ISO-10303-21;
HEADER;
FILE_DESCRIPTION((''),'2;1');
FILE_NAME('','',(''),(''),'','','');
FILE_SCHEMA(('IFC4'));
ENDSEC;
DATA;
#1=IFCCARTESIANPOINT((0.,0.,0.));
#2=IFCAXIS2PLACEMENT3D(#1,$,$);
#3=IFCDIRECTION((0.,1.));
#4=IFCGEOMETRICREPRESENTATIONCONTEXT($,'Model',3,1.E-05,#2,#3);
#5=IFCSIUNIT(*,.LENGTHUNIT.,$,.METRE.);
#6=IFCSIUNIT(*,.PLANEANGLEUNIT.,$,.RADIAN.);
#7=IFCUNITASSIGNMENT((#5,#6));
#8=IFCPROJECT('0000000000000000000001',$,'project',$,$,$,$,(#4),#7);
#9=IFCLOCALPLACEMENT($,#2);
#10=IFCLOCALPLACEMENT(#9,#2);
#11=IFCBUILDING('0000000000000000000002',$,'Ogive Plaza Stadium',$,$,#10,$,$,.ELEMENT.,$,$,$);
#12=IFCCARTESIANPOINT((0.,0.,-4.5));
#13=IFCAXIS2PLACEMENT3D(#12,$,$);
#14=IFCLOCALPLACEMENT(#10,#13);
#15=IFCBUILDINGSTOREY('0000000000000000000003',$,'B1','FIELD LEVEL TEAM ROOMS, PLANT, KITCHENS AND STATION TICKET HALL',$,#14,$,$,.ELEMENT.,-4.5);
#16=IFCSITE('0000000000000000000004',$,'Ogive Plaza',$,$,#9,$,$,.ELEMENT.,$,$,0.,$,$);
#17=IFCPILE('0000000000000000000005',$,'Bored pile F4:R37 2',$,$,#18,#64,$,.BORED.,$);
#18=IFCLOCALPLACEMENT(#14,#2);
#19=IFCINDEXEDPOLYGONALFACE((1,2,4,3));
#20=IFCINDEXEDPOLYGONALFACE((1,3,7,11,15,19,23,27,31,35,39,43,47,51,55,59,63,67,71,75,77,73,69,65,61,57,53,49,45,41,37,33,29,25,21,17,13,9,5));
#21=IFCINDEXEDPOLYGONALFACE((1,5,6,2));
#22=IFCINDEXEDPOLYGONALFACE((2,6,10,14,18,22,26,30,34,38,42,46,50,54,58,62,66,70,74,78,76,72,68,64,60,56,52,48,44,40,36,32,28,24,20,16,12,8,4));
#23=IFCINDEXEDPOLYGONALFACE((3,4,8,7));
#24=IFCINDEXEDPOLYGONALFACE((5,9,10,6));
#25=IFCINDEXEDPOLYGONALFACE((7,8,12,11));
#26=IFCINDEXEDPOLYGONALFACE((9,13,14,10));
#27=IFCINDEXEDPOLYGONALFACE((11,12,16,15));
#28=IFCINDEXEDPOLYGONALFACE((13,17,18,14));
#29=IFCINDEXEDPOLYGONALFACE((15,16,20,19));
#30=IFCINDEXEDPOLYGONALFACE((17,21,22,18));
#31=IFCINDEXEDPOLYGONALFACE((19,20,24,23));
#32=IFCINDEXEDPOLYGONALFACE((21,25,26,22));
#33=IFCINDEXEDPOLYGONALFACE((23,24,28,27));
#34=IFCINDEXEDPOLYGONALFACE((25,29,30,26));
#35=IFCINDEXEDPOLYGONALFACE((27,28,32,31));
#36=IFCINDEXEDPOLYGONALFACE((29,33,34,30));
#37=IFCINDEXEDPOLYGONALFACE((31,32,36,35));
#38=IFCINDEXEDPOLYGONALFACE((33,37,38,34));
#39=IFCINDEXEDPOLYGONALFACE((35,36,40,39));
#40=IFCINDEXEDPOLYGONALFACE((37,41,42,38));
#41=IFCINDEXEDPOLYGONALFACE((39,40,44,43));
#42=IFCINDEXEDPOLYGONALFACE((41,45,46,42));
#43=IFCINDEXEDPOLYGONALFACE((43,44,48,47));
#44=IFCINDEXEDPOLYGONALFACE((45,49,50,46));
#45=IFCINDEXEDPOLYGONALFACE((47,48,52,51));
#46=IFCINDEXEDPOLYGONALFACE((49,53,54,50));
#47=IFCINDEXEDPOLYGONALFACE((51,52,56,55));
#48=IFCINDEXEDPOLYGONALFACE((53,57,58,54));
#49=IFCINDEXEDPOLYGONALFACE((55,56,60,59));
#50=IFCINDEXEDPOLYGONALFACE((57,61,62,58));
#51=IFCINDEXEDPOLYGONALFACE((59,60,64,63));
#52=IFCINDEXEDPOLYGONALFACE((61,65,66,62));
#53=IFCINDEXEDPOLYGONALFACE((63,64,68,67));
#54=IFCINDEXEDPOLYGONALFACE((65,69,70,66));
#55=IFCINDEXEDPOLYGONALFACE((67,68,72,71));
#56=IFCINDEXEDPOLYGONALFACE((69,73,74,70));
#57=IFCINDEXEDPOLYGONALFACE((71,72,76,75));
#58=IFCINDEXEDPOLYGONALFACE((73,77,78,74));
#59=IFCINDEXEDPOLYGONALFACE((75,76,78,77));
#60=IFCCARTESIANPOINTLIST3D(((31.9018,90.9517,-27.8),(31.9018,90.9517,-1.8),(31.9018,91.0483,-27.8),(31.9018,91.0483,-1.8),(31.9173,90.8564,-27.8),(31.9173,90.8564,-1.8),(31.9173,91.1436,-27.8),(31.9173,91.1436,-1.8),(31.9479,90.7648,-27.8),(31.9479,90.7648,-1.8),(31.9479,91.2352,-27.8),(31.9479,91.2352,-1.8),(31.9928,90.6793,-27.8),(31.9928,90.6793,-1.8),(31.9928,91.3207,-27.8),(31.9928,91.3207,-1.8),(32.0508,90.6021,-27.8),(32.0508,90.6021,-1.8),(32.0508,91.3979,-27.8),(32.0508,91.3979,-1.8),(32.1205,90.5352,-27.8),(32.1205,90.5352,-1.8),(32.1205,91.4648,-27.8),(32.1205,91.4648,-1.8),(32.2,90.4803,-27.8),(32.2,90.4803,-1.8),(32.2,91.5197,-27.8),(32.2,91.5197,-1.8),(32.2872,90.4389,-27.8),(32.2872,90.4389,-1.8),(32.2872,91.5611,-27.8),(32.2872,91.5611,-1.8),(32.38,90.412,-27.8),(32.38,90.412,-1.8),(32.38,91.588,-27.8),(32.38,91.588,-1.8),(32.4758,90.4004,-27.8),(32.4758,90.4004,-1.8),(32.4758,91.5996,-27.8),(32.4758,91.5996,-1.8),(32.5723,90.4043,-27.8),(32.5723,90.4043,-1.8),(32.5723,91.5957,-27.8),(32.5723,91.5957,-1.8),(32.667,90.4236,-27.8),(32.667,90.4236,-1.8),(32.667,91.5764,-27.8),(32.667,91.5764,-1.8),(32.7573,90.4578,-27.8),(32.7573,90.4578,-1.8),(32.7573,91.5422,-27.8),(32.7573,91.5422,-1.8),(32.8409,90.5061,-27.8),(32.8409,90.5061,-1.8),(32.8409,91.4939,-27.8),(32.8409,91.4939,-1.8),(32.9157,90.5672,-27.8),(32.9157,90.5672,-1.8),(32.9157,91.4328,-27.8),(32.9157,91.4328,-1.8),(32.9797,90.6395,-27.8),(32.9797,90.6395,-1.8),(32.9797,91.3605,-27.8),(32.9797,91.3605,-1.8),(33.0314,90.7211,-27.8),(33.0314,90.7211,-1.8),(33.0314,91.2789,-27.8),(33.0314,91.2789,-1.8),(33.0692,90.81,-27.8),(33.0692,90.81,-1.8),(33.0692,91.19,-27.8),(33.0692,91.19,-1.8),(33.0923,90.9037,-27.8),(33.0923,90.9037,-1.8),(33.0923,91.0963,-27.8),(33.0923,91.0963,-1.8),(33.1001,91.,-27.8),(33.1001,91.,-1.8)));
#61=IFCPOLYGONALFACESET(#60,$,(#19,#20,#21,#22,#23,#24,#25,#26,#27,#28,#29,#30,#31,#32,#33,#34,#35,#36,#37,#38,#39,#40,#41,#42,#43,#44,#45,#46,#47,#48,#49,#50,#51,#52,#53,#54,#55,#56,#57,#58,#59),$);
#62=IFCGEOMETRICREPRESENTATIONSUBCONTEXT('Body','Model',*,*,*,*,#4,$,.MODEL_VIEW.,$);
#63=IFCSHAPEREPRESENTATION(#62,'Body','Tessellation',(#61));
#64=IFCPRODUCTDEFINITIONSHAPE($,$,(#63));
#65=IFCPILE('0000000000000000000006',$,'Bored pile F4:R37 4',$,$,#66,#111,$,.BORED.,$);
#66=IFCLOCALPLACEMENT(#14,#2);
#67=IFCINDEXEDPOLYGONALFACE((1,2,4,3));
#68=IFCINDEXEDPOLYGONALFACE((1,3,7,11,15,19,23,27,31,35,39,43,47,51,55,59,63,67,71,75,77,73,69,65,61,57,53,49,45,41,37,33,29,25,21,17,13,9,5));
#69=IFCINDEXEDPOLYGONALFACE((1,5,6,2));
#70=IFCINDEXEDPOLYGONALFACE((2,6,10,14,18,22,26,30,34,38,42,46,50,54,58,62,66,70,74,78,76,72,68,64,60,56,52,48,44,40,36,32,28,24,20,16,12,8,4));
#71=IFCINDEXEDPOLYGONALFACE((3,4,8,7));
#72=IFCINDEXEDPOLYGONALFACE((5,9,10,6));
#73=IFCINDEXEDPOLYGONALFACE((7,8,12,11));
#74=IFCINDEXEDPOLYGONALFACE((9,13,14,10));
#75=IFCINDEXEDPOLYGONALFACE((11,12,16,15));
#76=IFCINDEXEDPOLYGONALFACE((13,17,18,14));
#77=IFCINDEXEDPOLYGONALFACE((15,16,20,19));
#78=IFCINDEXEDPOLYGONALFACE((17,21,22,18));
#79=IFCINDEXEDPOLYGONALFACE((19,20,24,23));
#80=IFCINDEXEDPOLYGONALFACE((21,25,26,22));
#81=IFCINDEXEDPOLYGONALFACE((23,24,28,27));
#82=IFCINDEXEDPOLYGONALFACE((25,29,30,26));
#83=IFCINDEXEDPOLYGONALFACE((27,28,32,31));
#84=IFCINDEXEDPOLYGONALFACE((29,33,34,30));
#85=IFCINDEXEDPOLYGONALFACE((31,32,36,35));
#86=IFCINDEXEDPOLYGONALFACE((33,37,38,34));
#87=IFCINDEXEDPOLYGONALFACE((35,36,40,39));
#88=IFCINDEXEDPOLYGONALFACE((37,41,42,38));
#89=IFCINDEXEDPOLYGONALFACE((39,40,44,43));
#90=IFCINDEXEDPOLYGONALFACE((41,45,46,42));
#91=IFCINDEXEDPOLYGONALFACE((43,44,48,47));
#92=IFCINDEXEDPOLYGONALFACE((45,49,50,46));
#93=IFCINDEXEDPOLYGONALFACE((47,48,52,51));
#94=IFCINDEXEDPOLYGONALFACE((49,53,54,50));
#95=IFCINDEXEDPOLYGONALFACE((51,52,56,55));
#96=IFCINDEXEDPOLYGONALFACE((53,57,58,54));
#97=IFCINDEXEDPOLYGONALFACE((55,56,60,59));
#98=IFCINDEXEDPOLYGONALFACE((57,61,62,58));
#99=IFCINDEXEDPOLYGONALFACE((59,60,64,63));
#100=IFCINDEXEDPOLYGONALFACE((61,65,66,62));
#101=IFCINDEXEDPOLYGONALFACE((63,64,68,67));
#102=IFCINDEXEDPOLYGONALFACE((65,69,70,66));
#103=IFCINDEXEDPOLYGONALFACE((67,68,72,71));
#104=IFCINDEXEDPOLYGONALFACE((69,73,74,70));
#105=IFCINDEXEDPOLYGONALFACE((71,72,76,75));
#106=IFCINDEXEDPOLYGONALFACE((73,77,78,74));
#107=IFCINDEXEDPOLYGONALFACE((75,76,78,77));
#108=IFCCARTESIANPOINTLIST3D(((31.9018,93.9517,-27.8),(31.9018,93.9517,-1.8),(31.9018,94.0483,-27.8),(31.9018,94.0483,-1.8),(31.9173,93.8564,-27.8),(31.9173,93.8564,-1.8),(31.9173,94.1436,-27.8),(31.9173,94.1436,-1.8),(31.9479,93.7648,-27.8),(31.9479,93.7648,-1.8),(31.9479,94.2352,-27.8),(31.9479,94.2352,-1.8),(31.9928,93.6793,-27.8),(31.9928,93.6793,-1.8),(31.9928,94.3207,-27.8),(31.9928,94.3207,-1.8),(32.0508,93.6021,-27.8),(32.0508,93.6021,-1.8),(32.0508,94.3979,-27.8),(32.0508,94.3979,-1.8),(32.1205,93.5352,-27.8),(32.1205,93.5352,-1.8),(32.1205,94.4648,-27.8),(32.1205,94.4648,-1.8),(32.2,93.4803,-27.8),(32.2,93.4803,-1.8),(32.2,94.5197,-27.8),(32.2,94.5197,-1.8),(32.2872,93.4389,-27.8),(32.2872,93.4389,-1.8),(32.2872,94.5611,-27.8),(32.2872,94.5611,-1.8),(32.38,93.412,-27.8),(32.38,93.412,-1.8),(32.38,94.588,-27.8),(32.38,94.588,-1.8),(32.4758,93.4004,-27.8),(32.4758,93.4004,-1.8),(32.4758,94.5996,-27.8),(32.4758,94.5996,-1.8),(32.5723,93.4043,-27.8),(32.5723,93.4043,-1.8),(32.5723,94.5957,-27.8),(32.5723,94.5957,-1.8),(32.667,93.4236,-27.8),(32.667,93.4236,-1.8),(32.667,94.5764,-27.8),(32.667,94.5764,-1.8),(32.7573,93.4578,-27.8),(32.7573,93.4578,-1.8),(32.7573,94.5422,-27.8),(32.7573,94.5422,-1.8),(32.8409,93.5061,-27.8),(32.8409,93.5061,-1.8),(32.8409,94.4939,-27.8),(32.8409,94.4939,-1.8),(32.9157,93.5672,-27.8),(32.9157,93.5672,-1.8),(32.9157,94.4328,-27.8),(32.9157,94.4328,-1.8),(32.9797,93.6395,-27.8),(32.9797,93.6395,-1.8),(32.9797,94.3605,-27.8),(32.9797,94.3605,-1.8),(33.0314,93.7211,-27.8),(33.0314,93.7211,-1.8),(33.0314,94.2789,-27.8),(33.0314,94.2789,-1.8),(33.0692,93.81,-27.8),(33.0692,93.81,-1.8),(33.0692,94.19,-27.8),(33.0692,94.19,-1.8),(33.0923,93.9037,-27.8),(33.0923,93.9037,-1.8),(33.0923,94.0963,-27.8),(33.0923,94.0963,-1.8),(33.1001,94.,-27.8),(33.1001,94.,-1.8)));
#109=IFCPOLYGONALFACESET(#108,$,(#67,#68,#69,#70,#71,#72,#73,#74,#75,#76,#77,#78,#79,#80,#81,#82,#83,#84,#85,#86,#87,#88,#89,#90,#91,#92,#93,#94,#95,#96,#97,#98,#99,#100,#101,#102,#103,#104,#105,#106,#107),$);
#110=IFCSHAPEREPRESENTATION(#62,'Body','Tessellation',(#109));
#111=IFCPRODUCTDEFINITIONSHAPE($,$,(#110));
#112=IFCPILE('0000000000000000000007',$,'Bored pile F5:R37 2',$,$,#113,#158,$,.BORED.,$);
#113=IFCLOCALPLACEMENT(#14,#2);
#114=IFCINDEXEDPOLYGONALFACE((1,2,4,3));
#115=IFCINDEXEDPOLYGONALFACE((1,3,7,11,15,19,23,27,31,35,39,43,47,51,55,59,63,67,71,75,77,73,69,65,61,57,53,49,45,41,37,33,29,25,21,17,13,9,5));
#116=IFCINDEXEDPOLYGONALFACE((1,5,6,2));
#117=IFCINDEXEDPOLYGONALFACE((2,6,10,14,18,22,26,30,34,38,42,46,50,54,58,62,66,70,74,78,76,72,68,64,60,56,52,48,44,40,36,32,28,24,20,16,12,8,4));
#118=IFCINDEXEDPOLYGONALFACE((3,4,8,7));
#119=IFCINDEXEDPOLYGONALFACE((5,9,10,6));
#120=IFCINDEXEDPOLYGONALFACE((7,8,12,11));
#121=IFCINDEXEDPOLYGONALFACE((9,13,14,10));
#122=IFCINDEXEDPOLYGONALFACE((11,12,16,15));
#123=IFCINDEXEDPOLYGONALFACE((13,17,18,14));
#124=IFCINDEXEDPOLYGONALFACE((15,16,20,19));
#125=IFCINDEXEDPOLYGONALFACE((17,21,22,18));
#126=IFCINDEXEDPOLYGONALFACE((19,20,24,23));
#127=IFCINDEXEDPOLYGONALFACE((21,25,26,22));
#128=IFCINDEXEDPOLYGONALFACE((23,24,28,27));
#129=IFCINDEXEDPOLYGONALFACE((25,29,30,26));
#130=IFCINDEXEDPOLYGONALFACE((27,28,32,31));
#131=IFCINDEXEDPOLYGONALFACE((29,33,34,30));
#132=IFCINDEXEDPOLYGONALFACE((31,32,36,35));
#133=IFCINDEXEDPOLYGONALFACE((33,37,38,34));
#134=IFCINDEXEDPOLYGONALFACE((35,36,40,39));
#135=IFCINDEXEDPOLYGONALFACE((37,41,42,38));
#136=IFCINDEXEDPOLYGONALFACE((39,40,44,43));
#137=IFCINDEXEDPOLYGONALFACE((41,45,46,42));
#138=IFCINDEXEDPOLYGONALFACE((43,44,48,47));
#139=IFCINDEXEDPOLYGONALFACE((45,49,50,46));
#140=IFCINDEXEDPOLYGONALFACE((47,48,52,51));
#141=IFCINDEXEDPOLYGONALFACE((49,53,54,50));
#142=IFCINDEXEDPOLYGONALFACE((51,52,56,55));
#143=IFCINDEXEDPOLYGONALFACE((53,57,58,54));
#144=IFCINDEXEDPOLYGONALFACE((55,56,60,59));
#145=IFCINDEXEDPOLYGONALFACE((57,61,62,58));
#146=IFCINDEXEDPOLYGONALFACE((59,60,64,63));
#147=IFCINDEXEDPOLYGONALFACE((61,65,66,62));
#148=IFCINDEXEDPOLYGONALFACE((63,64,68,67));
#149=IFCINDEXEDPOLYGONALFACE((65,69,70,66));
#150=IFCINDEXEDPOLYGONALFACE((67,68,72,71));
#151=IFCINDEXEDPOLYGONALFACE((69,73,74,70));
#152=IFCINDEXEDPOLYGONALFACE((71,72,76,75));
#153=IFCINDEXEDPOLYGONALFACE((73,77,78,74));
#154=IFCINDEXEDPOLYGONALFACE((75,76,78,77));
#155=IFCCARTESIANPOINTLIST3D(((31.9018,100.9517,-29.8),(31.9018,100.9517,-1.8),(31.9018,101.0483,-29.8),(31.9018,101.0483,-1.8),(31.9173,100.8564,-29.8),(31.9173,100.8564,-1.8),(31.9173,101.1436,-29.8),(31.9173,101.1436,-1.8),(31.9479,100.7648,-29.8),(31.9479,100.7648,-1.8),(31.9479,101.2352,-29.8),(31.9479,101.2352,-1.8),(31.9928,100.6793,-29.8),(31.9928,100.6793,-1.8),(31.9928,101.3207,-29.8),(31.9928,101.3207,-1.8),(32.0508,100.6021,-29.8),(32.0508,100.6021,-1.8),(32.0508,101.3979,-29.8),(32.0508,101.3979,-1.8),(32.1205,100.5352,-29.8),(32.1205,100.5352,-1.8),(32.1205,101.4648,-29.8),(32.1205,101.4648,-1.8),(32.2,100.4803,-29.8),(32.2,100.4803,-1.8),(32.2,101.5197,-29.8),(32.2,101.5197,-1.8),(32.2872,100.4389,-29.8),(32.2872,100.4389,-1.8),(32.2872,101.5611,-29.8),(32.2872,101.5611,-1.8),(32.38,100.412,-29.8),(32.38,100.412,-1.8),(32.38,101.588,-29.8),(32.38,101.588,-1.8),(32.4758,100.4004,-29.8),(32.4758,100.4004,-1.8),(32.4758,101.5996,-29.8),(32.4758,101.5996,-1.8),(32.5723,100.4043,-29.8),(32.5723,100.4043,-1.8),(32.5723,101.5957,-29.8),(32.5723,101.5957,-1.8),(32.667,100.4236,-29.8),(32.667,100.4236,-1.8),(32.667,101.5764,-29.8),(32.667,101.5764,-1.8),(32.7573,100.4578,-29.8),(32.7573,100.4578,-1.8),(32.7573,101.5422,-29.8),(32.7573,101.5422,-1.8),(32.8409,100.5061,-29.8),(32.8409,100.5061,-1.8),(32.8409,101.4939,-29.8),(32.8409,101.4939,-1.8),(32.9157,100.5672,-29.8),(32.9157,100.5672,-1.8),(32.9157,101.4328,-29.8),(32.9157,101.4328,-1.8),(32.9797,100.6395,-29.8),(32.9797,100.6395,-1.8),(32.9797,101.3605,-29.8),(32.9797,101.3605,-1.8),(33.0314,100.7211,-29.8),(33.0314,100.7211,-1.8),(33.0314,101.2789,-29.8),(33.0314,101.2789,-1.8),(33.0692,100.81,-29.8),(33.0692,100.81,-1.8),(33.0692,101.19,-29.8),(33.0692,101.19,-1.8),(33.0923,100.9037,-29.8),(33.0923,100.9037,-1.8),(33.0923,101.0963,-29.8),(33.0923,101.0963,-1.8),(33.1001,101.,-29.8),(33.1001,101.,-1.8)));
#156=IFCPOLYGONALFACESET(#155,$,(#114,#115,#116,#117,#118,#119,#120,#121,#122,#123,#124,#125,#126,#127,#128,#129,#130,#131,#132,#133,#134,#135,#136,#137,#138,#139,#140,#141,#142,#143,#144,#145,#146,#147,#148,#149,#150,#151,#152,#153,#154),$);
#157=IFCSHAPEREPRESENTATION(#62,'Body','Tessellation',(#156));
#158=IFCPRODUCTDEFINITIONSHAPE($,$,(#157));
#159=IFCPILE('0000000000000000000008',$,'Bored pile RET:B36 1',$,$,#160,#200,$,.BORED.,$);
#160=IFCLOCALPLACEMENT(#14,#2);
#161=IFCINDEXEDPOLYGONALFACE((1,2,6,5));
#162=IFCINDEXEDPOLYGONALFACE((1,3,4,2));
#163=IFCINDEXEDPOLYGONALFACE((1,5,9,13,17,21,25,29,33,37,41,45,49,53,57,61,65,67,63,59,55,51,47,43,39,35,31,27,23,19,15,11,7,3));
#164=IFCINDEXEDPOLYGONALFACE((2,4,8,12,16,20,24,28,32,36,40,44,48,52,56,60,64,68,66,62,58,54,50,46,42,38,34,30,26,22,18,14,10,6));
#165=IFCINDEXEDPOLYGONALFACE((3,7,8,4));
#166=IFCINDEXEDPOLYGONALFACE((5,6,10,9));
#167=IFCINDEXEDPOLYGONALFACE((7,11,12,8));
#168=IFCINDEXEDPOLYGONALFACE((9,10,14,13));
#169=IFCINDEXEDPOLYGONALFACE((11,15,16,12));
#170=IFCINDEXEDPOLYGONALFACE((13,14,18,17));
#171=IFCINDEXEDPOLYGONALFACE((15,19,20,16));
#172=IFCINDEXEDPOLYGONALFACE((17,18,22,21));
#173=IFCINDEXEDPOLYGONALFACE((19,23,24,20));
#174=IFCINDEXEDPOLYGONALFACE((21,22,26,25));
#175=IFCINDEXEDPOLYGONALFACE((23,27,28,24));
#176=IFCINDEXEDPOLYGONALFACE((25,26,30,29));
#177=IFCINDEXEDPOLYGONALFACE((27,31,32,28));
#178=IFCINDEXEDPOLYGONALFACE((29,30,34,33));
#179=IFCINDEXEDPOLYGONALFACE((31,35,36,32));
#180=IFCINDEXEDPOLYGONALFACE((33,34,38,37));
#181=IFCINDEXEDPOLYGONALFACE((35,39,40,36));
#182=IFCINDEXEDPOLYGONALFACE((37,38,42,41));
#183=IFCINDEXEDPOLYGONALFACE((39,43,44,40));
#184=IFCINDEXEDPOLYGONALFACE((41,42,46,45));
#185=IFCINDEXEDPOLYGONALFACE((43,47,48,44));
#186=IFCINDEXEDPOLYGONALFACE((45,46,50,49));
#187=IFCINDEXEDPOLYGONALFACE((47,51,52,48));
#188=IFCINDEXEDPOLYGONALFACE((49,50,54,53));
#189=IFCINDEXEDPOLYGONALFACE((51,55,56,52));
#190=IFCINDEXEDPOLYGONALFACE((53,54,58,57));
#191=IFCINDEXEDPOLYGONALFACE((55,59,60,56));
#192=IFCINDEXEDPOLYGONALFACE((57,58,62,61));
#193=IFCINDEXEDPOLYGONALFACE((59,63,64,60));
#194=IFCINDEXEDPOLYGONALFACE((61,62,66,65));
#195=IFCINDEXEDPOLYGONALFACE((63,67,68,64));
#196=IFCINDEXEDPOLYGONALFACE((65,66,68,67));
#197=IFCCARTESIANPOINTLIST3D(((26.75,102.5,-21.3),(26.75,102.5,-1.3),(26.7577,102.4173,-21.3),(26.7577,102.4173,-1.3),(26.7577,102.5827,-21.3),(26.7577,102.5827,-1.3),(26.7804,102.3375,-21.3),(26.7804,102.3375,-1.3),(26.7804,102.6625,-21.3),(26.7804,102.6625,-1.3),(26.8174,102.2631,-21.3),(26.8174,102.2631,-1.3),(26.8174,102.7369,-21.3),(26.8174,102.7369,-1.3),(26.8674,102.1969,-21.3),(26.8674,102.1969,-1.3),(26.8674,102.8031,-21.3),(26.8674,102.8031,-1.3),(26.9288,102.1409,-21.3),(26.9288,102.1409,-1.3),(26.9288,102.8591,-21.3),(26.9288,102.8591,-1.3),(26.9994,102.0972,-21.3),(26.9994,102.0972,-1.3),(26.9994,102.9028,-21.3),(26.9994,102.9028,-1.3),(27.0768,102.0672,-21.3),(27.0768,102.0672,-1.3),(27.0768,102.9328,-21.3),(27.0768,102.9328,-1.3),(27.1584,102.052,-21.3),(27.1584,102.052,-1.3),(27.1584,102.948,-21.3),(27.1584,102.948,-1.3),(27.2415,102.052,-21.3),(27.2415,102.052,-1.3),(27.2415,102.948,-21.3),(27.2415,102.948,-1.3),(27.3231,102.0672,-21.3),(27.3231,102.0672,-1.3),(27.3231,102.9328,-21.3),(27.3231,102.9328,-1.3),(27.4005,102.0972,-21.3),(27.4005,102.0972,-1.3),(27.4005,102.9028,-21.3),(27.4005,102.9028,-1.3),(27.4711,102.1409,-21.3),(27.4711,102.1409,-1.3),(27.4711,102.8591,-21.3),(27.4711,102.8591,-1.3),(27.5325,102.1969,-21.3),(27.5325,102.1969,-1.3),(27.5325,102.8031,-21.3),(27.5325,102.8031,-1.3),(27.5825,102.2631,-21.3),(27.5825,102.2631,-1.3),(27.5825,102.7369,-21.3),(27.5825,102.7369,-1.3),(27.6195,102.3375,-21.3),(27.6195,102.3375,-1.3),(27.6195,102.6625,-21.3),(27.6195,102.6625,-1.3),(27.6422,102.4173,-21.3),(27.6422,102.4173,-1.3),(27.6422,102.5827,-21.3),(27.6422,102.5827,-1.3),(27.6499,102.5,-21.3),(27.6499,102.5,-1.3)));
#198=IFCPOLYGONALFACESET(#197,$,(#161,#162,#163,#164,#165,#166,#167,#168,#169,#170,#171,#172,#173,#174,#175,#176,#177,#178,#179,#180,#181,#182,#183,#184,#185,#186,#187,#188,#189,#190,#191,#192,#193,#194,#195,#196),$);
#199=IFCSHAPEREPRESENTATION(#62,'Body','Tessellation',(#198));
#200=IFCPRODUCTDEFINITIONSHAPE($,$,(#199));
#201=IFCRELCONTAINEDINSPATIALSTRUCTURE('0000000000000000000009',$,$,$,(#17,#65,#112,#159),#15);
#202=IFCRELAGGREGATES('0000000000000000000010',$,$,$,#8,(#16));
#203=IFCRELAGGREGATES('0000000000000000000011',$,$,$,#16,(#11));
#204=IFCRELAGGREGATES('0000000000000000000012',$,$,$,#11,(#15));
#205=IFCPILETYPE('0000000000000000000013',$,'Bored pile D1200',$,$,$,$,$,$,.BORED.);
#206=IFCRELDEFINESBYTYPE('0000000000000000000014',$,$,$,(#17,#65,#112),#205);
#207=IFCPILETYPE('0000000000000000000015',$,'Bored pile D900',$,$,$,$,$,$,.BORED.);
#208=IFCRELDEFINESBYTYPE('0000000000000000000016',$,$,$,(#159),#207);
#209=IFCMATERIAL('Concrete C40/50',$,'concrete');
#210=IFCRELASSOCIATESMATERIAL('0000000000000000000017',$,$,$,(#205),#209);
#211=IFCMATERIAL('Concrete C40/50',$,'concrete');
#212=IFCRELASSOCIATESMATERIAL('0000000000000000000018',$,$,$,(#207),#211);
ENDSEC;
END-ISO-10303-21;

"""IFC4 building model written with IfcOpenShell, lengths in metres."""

from ifc_helpers import new_model, si_unit, direction, frame, origin, origin_2d, place, context, subcontext, project, spatial, circle, extrude, material, material_profile, profile_set, type_object, element, save


model = new_model("IFC4")

# Units and contexts
model_context = context("Model", 3, precision=1e-05, world=origin(), true_north=direction((0.0, 1.0)))
body_context = subcontext(model_context, "Body", "Model", "MODEL_VIEW")
ifc_project = project(units=[si_unit("LENGTHUNIT", "METRE"), si_unit("PLANEANGLEUNIT", "RADIAN")], contexts=[model_context])

# Site, building, storey
site_placement = place(None, origin())
site = spatial("IfcSite", under=ifc_project, at=site_placement, Name="Ogive Plaza", CompositionType="ELEMENT", RefElevation=0.0)
building_placement = place(site_placement, origin())
building = spatial("IfcBuilding", under=site, at=building_placement, Name="Ogive Plaza Stadium", CompositionType="ELEMENT")
storey_placement = place(building_placement, frame((0.0, 0.0, -4.5)))
storey = spatial("IfcBuildingStorey", under=building, at=storey_placement, Name="B1", Description="FIELD LEVEL TEAM ROOMS, PLANT, KITCHENS AND STATION TICKET HALL", CompositionType="ELEMENT", Elevation=-4.5)

# Piles
ifc_material_1 = material(Name="Concrete C40/50", Category="concrete")
ifc_material_profile_1 = material_profile(ifc_material_1, circle(Radius=0.6001, at=origin_2d()), Name="RC D1200")
ifc_profile_set_1 = profile_set([ifc_material_profile_1], Name="Concrete C40/50")
pile_type_1 = type_object("IfcPileType", Name="Bored pile D1200", PredefinedType="BORED", material=ifc_profile_set_1)
for number, where, z_axis, x_axis, name in (
    (1, (32.5, 91.0, -1.8), (0.0, 0.0, -1.0), (1.0, 0.0, 0.0), "Bored pile F4:R37 2"),
    (2, (32.5, 94.0, -1.8), (0.0, 0.0, -1.0), (1.0, 0.0, 0.0), "Bored pile F4:R37 4"),
):
    element("IfcPile", number, at=place(storey_placement, frame(where, z_axis=z_axis, x_axis=x_axis)), inside=storey, type_object=pile_type_1, Name=name, PredefinedType="BORED", context=body_context, shape_type="SweptSolid", body=[
        extrude(circle(Radius=0.6001, at=origin_2d()), origin(), (0.0, 0.0, 1.0), 26.0),
    ])
pile_1_placement = place(storey_placement, frame((32.5, 101.0, -1.8), z_axis=(0.0, 0.0, -1.0), x_axis=(1.0, 0.0, 0.0)))
element("IfcPile", 3, at=pile_1_placement, inside=storey, type_object=pile_type_1, Name="Bored pile F5:R37 2", PredefinedType="BORED", context=body_context, shape_type="SweptSolid", body=[
    extrude(circle(Radius=0.6001, at=origin_2d()), origin(), (0.0, 0.0, 1.0), 28.0),
])
ifc_material_2 = material(Name="Concrete C40/50", Category="concrete")
ifc_material_profile_2 = material_profile(ifc_material_2, circle(Radius=0.45, at=origin_2d()), Name="RC D900")
ifc_profile_set_2 = profile_set([ifc_material_profile_2], Name="Concrete C40/50")
pile_type_2 = type_object("IfcPileType", Name="Bored pile D900", PredefinedType="BORED", material=ifc_profile_set_2)
pile_2_placement = place(storey_placement, frame((27.2, 102.5, -1.3), z_axis=(0.0, 0.0, -1.0), x_axis=(1.0, 0.0, 0.0)))
element("IfcPile", 4, at=pile_2_placement, inside=storey, type_object=pile_type_2, Name="Bored pile RET:B36 1", PredefinedType="BORED", context=body_context, shape_type="SweptSolid", body=[
    extrude(circle(Radius=0.45, at=origin_2d()), origin(), (0.0, 0.0, 1.0), 20.0),
])

save(model, "model.ifc")
